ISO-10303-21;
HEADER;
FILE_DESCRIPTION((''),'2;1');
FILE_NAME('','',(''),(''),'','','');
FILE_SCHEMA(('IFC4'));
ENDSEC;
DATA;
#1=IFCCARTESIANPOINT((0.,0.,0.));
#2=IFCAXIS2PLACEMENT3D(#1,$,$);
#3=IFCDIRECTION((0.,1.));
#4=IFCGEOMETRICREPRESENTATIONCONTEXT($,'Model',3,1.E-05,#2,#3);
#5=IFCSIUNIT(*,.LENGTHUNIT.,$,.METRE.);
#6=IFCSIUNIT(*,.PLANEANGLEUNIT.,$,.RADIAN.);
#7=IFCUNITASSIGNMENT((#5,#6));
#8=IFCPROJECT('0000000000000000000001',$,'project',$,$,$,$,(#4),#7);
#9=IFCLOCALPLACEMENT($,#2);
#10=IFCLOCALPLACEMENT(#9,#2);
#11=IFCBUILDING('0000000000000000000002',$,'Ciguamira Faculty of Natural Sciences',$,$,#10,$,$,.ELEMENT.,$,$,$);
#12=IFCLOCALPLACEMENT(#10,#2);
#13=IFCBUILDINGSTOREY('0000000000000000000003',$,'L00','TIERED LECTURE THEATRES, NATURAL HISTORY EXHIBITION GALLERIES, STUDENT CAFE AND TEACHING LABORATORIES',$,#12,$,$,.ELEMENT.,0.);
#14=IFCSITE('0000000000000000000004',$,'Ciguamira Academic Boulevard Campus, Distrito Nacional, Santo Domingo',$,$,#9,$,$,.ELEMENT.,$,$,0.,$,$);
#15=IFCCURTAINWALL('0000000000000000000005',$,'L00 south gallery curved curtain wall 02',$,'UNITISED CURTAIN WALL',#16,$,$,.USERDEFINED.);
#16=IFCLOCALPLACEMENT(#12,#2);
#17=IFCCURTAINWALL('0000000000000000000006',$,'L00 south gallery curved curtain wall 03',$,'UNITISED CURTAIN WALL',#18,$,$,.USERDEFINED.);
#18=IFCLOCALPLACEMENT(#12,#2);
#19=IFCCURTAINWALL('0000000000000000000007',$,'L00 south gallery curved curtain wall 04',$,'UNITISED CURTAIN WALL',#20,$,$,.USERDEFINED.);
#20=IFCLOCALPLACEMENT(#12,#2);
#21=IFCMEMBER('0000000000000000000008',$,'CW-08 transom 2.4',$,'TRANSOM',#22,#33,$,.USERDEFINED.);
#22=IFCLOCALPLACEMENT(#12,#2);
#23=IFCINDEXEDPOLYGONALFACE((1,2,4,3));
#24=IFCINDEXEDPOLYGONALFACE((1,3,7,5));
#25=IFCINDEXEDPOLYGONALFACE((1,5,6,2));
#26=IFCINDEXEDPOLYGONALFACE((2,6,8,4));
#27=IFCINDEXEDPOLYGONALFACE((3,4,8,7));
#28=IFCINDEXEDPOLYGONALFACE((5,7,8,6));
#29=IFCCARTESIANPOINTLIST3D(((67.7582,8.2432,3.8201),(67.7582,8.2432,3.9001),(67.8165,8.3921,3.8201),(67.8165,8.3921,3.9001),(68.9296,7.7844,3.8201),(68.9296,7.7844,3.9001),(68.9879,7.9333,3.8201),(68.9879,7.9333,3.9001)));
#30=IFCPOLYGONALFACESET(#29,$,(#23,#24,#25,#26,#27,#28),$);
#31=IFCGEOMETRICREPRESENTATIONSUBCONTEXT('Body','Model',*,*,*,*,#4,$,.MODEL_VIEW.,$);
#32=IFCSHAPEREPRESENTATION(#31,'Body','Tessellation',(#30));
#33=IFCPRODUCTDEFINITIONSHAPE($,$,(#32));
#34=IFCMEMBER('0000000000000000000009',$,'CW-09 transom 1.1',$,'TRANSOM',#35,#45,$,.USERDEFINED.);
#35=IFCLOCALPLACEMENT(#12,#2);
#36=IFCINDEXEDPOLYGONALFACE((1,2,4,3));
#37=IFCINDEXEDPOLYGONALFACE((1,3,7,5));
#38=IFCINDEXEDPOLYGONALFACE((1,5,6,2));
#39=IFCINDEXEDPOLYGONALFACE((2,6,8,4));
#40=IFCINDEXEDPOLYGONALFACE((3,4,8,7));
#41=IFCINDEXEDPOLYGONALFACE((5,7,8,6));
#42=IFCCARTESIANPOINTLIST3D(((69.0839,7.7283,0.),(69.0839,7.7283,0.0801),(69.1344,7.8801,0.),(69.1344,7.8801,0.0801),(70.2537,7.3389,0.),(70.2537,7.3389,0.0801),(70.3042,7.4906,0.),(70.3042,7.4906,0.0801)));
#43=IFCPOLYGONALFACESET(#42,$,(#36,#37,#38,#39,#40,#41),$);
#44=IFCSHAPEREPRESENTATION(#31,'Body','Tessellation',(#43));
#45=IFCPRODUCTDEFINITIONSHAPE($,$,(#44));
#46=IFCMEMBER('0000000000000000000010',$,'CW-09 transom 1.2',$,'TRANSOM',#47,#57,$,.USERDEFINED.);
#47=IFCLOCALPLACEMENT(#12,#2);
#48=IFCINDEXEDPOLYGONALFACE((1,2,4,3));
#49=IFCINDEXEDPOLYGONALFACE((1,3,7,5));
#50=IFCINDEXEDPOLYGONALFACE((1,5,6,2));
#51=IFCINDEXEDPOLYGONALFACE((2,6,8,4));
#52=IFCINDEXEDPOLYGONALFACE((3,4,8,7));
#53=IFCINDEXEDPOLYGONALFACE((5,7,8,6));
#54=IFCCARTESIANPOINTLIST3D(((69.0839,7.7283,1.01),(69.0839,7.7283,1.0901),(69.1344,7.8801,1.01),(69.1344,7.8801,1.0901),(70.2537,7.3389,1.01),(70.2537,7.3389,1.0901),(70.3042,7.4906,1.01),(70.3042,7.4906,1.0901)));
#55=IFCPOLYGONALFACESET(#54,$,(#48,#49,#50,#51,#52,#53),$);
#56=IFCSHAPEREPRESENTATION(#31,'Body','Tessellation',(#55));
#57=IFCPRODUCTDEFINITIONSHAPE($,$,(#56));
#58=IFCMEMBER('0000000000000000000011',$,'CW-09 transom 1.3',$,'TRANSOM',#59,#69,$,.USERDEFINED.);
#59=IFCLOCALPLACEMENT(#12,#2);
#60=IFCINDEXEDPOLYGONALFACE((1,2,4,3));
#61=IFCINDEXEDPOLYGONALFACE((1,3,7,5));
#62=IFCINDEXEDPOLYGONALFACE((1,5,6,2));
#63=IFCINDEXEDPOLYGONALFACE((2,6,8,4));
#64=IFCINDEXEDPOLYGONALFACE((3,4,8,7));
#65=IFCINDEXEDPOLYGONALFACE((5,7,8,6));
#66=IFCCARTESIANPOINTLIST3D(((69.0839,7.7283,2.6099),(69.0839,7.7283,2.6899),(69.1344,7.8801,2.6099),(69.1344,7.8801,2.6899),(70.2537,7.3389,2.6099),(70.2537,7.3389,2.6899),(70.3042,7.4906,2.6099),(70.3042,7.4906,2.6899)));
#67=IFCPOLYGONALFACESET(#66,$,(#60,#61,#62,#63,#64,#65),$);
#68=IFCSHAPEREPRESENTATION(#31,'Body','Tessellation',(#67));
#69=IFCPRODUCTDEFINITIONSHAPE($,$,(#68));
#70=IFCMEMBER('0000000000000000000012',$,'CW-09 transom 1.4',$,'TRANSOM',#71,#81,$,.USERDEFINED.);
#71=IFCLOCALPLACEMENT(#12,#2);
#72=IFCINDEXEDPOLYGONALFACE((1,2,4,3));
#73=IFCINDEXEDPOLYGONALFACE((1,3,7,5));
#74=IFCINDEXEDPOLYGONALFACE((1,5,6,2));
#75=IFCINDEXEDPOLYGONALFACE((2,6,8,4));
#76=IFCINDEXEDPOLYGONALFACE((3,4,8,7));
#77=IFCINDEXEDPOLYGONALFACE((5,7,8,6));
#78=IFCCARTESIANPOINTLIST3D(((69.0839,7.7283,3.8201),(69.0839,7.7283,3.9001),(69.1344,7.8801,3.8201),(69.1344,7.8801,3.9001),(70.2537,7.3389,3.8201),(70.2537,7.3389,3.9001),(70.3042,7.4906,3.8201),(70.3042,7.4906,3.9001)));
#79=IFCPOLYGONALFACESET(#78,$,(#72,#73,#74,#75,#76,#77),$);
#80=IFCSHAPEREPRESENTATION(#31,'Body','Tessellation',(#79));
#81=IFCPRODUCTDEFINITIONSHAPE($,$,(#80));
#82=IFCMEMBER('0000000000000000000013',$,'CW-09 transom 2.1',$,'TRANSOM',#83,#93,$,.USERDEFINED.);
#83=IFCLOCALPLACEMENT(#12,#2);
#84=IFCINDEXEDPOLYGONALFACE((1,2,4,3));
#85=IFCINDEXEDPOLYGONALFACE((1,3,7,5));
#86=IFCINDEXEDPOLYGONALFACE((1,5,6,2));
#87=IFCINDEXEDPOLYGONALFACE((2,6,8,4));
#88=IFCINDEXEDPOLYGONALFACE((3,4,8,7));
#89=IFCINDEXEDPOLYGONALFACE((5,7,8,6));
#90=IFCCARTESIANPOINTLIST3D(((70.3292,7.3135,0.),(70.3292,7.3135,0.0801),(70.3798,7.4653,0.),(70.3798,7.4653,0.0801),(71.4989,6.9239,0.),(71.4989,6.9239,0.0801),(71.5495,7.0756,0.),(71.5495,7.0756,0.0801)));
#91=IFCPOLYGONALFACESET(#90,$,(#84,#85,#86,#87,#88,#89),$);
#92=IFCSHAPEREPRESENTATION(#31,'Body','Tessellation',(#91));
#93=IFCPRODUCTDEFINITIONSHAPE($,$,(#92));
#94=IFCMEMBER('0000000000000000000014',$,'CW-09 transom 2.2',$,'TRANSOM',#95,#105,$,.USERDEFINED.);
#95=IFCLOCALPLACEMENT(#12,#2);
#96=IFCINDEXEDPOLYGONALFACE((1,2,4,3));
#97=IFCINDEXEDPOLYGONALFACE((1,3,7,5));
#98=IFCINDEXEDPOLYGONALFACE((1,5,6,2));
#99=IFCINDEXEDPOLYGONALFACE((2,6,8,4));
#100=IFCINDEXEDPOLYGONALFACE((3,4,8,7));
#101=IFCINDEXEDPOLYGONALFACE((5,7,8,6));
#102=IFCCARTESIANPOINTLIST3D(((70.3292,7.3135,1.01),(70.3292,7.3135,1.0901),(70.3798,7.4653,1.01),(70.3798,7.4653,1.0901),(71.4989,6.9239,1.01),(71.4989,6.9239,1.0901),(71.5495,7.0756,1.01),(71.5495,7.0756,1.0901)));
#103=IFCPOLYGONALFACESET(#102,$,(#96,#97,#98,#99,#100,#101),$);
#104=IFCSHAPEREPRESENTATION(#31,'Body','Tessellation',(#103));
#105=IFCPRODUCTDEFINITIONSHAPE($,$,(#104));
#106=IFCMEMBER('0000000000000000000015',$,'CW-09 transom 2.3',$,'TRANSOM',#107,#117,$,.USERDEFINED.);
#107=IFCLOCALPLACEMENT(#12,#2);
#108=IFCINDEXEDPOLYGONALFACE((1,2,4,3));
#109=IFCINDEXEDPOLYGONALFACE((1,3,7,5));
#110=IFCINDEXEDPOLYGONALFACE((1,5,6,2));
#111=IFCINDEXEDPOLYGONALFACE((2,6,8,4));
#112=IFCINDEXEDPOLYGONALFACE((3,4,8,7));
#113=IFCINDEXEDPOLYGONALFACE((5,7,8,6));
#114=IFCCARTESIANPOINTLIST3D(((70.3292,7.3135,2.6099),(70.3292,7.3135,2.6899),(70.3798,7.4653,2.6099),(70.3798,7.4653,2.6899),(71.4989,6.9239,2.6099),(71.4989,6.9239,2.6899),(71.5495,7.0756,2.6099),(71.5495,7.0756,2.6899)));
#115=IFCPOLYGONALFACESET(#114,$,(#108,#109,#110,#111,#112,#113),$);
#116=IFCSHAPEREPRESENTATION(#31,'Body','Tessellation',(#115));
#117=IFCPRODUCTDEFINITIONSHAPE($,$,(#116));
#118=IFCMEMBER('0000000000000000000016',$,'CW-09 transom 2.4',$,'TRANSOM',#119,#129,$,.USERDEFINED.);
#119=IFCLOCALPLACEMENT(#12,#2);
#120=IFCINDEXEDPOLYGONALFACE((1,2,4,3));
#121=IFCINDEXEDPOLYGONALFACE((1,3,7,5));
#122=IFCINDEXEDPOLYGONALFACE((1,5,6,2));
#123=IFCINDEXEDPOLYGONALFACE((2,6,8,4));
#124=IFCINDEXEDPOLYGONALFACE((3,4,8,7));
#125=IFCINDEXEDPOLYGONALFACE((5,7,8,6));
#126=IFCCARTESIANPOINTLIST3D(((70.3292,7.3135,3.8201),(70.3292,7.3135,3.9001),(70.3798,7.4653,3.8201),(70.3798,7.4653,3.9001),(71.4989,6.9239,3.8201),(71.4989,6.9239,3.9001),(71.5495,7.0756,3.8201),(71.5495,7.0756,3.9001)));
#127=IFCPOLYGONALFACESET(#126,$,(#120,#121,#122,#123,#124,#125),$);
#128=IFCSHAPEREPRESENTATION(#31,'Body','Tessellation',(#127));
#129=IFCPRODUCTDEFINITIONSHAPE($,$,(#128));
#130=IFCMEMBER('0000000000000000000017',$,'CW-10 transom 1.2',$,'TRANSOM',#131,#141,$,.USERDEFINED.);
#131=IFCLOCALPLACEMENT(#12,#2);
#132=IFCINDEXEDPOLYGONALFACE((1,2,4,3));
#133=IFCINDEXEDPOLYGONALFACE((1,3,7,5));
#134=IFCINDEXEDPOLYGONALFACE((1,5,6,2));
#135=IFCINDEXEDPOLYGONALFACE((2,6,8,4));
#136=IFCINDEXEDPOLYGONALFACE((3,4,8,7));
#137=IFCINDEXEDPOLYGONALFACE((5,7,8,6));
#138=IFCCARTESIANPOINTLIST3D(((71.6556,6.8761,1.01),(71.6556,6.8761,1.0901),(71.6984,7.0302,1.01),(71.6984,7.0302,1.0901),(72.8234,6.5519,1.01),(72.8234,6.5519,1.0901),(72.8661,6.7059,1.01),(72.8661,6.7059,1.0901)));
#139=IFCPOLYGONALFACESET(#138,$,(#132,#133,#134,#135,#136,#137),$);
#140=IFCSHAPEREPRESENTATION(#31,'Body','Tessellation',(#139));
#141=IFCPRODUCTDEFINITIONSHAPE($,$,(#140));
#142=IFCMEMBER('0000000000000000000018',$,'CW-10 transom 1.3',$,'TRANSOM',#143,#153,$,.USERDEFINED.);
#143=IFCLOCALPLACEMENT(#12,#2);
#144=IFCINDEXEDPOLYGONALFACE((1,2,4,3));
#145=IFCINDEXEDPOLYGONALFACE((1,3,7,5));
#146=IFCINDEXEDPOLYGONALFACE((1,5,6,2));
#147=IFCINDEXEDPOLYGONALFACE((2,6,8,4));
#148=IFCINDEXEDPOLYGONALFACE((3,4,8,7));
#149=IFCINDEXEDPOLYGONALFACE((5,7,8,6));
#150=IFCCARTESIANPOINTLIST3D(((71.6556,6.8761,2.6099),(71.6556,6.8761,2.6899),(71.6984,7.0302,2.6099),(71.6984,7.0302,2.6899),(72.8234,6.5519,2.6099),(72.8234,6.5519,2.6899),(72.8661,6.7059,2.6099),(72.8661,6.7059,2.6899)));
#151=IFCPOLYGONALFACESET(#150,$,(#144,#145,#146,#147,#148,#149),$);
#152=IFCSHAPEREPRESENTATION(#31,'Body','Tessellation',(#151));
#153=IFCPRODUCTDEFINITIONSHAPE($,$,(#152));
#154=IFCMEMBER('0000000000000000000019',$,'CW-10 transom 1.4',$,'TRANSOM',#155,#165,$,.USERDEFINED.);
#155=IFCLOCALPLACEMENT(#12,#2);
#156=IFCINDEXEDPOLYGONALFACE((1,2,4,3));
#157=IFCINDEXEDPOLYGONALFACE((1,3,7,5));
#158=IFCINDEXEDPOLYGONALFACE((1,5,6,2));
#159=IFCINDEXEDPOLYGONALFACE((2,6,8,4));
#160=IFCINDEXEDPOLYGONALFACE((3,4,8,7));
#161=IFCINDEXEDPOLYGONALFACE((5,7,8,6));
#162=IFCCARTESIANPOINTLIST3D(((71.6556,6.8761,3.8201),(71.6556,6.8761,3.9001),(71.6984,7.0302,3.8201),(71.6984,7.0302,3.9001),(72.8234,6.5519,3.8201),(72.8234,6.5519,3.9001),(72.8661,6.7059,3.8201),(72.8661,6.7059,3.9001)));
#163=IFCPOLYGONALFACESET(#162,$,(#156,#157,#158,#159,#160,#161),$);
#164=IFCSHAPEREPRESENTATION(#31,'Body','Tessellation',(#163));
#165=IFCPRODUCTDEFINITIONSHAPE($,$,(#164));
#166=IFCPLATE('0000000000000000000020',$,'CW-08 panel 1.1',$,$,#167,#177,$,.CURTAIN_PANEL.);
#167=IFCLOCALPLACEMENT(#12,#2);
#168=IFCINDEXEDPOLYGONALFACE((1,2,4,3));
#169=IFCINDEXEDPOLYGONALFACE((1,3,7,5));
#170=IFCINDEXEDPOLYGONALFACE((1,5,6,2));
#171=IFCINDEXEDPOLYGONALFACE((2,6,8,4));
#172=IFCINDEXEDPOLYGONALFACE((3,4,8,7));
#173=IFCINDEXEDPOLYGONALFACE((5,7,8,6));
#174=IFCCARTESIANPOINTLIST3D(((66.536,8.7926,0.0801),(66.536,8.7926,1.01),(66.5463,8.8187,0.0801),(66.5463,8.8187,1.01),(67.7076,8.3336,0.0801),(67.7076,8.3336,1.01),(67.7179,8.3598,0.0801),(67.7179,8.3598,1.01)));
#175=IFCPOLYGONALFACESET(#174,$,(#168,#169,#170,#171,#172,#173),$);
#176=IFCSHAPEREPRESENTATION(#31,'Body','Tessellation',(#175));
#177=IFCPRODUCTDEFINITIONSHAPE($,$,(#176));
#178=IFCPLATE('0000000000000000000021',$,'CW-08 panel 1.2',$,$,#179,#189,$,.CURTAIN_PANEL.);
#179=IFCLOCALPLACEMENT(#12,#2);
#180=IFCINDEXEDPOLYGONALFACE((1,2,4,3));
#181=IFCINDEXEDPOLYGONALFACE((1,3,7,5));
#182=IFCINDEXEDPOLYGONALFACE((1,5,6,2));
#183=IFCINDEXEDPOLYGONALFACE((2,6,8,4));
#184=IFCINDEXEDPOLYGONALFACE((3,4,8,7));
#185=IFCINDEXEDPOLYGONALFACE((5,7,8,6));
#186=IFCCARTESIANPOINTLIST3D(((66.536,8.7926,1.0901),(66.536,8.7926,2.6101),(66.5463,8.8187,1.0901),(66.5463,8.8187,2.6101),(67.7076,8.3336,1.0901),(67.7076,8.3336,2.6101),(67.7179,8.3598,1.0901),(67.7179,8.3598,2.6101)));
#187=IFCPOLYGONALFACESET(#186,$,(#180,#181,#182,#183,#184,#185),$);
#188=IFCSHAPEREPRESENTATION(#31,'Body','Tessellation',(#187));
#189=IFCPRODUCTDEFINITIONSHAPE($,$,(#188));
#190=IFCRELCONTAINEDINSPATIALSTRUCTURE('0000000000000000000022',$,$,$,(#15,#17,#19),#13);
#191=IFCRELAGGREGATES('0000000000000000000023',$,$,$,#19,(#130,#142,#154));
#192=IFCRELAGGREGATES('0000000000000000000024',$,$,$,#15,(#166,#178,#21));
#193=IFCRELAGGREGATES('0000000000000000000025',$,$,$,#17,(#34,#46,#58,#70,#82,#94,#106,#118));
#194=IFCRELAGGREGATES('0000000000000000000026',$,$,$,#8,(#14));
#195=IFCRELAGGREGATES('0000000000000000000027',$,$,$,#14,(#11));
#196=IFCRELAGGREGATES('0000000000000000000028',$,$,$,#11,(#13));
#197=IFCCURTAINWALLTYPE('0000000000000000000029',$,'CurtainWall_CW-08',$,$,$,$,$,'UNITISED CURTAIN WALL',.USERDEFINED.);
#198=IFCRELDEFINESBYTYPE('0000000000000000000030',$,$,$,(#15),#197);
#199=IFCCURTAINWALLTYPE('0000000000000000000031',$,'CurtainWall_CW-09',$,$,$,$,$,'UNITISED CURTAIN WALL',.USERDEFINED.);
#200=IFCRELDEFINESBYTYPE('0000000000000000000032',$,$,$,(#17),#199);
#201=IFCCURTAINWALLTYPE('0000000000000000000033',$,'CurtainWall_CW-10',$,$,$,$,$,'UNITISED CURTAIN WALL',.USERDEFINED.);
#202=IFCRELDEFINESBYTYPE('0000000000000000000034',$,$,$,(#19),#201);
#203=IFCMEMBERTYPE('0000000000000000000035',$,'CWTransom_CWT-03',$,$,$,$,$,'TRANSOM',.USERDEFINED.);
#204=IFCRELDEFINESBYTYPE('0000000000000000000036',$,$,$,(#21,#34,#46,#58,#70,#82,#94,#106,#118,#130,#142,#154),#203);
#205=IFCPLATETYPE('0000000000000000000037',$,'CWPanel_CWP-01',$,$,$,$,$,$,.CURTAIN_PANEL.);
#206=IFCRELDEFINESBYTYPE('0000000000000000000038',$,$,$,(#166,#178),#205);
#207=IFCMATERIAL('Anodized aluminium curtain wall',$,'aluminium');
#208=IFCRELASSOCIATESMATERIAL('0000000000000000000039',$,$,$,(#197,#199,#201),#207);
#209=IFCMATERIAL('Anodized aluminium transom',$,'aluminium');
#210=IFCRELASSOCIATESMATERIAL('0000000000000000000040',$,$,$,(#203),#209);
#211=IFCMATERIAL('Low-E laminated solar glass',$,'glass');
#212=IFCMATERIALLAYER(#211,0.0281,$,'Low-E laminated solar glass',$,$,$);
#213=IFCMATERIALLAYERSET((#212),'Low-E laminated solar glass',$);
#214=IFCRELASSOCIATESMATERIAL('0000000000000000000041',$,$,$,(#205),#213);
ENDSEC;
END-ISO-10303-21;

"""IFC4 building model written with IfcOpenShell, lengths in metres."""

from ifc_helpers import new_model, si_unit, direction, frame, origin, origin_2d, place, context, subcontext, project, spatial, rectangle, extrude, material, layer, layer_set, material_profile, profile_set, type_object, element, aggregate, save


model = new_model("IFC4")

# Units and contexts
model_context = context("Model", 3, precision=1e-05, world=origin(), true_north=direction((0.0, 1.0)))
body_context = subcontext(model_context, "Body", "Model", "MODEL_VIEW")
ifc_project = project(units=[si_unit("LENGTHUNIT", "METRE"), si_unit("PLANEANGLEUNIT", "RADIAN")], contexts=[model_context])

# Site, building, storey
site_placement = place(None, origin())
site = spatial("IfcSite", under=ifc_project, at=site_placement, Name="Ciguamira Academic Boulevard Campus, Distrito Nacional, Santo Domingo", CompositionType="ELEMENT", RefElevation=0.0)
building_placement = place(site_placement, origin())
building = spatial("IfcBuilding", under=site, at=building_placement, Name="Ciguamira Faculty of Natural Sciences", CompositionType="ELEMENT")
storey_placement = place(building_placement, origin())
storey = spatial("IfcBuildingStorey", under=building, at=storey_placement, Name="L00", Description="TIERED LECTURE THEATRES, NATURAL HISTORY EXHIBITION GALLERIES, STUDENT CAFE AND TEACHING LABORATORIES", CompositionType="ELEMENT", Elevation=0.0)

# Shared definitions
ifc_material_1 = material(Name="Anodized aluminium curtain wall", Category="aluminium")

# Curtain walls
curtain_wall_type_1 = type_object("IfcCurtainWallType", Name="CurtainWall_CW-08", ElementType="UNITISED CURTAIN WALL", PredefinedType="USERDEFINED", material=ifc_material_1)
curtain_wall_1_placement = place(storey_placement, origin())
curtain_wall_1 = element("IfcCurtainWall", 1, at=curtain_wall_1_placement, inside=storey, type_object=curtain_wall_type_1, Name="L00 south gallery curved curtain wall 02", ObjectType="UNITISED CURTAIN WALL", PredefinedType="USERDEFINED")
curtain_wall_type_2 = type_object("IfcCurtainWallType", Name="CurtainWall_CW-09", ElementType="UNITISED CURTAIN WALL", PredefinedType="USERDEFINED", material=ifc_material_1)
curtain_wall_2_placement = place(storey_placement, origin())
curtain_wall_2 = element("IfcCurtainWall", 2, at=curtain_wall_2_placement, inside=storey, type_object=curtain_wall_type_2, Name="L00 south gallery curved curtain wall 03", ObjectType="UNITISED CURTAIN WALL", PredefinedType="USERDEFINED")

# Curtain wall
curtain_wall_type_3 = type_object("IfcCurtainWallType", Name="CurtainWall_CW-10", ElementType="UNITISED CURTAIN WALL", PredefinedType="USERDEFINED", material=ifc_material_1)
curtain_wall_3_placement = place(storey_placement, origin())
curtain_wall_3 = element("IfcCurtainWall", 3, at=curtain_wall_3_placement, inside=storey, type_object=curtain_wall_type_3, Name="L00 south gallery curved curtain wall 04", ObjectType="UNITISED CURTAIN WALL", PredefinedType="USERDEFINED")

# Members
ifc_material_2 = material(Name="Anodized aluminium transom", Category="aluminium")
ifc_material_profile_1 = material_profile(ifc_material_2, rectangle(XDim=0.0801, YDim=0.1599, at=origin_2d()), Name="ALU-TRN-80X160")
ifc_profile_set_1 = profile_set([ifc_material_profile_1], Name="Anodized aluminium transom")
member_type_1 = type_object("IfcMemberType", Name="CWTransom_CWT-03", ElementType="TRANSOM", PredefinedType="USERDEFINED", material=ifc_profile_set_1)
member_1_placement = place(storey_placement, frame((67.7874, 8.3176, 3.8601), z_axis=(0.931143, -0.364655, 0.0), x_axis=(0.0, 0.0, 1.0)))
member_1 = element("IfcMember", 4, at=member_1_placement, type_object=member_type_1, Name="CW-08 transom 2.4", ObjectType="TRANSOM", PredefinedType="USERDEFINED", context=body_context, shape_type="SweptSolid", body=[
    extrude(rectangle(XDim=0.0801, YDim=0.1599, at=origin_2d()), origin(), (0.0, 0.0, 1.0), 1.2581),
])
member_2_placement = place(storey_placement, frame((69.1091, 7.8042, 0.04), z_axis=(0.948802, -0.315871, 0.0), x_axis=(0.0, 0.0, 1.0)))
member_2 = element("IfcMember", 5, at=member_2_placement, type_object=member_type_1, Name="CW-09 transom 1.1", ObjectType="TRANSOM", PredefinedType="USERDEFINED", context=body_context, shape_type="SweptSolid", body=[
    extrude(rectangle(XDim=0.0801, YDim=0.1599, at=origin_2d()), origin(), (0.0, 0.0, 1.0), 1.2329),
])
member_3_placement = place(storey_placement, frame((69.1091, 7.8042, 1.05), z_axis=(0.948802, -0.315871, 0.0), x_axis=(0.0, 0.0, 1.0)))
member_3 = element("IfcMember", 6, at=member_3_placement, type_object=member_type_1, Name="CW-09 transom 1.2", ObjectType="TRANSOM", PredefinedType="USERDEFINED", context=body_context, shape_type="SweptSolid", body=[
    extrude(rectangle(XDim=0.0801, YDim=0.1599, at=origin_2d()), origin(), (0.0, 0.0, 1.0), 1.2329),
])
member_4_placement = place(storey_placement, frame((69.1091, 7.8042, 2.6499), z_axis=(0.948802, -0.315871, 0.0), x_axis=(0.0, 0.0, 1.0)))
member_4 = element("IfcMember", 7, at=member_4_placement, type_object=member_type_1, Name="CW-09 transom 1.3", ObjectType="TRANSOM", PredefinedType="USERDEFINED", context=body_context, shape_type="SweptSolid", body=[
    extrude(rectangle(XDim=0.0801, YDim=0.1599, at=origin_2d()), origin(), (0.0, 0.0, 1.0), 1.2329),
])
member_5_placement = place(storey_placement, frame((69.1091, 7.8042, 3.8601), z_axis=(0.948802, -0.315871, 0.0), x_axis=(0.0, 0.0, 1.0)))
member_5 = element("IfcMember", 8, at=member_5_placement, type_object=member_type_1, Name="CW-09 transom 1.4", ObjectType="TRANSOM", PredefinedType="USERDEFINED", context=body_context, shape_type="SweptSolid", body=[
    extrude(rectangle(XDim=0.0801, YDim=0.1599, at=origin_2d()), origin(), (0.0, 0.0, 1.0), 1.2329),
])
member_6_placement = place(storey_placement, frame((70.3545, 7.3894, 0.04), z_axis=(0.948743, -0.31605, 0.0), x_axis=(0.0, 0.0, 1.0)))
member_6 = element("IfcMember", 9, at=member_6_placement, type_object=member_type_1, Name="CW-09 transom 2.1", ObjectType="TRANSOM", PredefinedType="USERDEFINED", context=body_context, shape_type="SweptSolid", body=[
    extrude(rectangle(XDim=0.0801, YDim=0.1599, at=origin_2d()), origin(), (0.0, 0.0, 1.0), 1.2329),
])
member_7_placement = place(storey_placement, frame((70.3545, 7.3894, 1.05), z_axis=(0.948743, -0.31605, 0.0), x_axis=(0.0, 0.0, 1.0)))
member_7 = element("IfcMember", 10, at=member_7_placement, type_object=member_type_1, Name="CW-09 transom 2.2", ObjectType="TRANSOM", PredefinedType="USERDEFINED", context=body_context, shape_type="SweptSolid", body=[
    extrude(rectangle(XDim=0.0801, YDim=0.1599, at=origin_2d()), origin(), (0.0, 0.0, 1.0), 1.2329),
])
member_8_placement = place(storey_placement, frame((70.3545, 7.3894, 2.6499), z_axis=(0.948743, -0.31605, 0.0), x_axis=(0.0, 0.0, 1.0)))
member_8 = element("IfcMember", 11, at=member_8_placement, type_object=member_type_1, Name="CW-09 transom 2.3", ObjectType="TRANSOM", PredefinedType="USERDEFINED", context=body_context, shape_type="SweptSolid", body=[
    extrude(rectangle(XDim=0.0801, YDim=0.1599, at=origin_2d()), origin(), (0.0, 0.0, 1.0), 1.2329),
])
member_9_placement = place(storey_placement, frame((70.3545, 7.3894, 3.8601), z_axis=(0.948743, -0.31605, 0.0), x_axis=(0.0, 0.0, 1.0)))
member_9 = element("IfcMember", 12, at=member_9_placement, type_object=member_type_1, Name="CW-09 transom 2.4", ObjectType="TRANSOM", PredefinedType="USERDEFINED", context=body_context, shape_type="SweptSolid", body=[
    extrude(rectangle(XDim=0.0801, YDim=0.1599, at=origin_2d()), origin(), (0.0, 0.0, 1.0), 1.2329),
])
member_10_placement = place(storey_placement, frame((71.677, 6.9531, 1.05), z_axis=(0.96355, -0.26753, 0.0), x_axis=(0.0, 0.0, 1.0)))
member_10 = element("IfcMember", 13, at=member_10_placement, type_object=member_type_1, Name="CW-10 transom 1.2", ObjectType="TRANSOM", PredefinedType="USERDEFINED", context=body_context, shape_type="SweptSolid", body=[
    extrude(rectangle(XDim=0.0801, YDim=0.1599, at=origin_2d()), origin(), (0.0, 0.0, 1.0), 1.2119),
])
member_11_placement = place(storey_placement, frame((71.677, 6.9531, 2.6499), z_axis=(0.96355, -0.26753, 0.0), x_axis=(0.0, 0.0, 1.0)))
member_11 = element("IfcMember", 14, at=member_11_placement, type_object=member_type_1, Name="CW-10 transom 1.3", ObjectType="TRANSOM", PredefinedType="USERDEFINED", context=body_context, shape_type="SweptSolid", body=[
    extrude(rectangle(XDim=0.0801, YDim=0.1599, at=origin_2d()), origin(), (0.0, 0.0, 1.0), 1.2119),
])
member_12_placement = place(storey_placement, frame((71.677, 6.9531, 3.8601), z_axis=(0.96355, -0.26753, 0.0), x_axis=(0.0, 0.0, 1.0)))
member_12 = element("IfcMember", 15, at=member_12_placement, type_object=member_type_1, Name="CW-10 transom 1.4", ObjectType="TRANSOM", PredefinedType="USERDEFINED", context=body_context, shape_type="SweptSolid", body=[
    extrude(rectangle(XDim=0.0801, YDim=0.1599, at=origin_2d()), origin(), (0.0, 0.0, 1.0), 1.2119),
])
aggregate(curtain_wall_3, [member_10, member_11, member_12])

# Plates
ifc_material_3 = material(Name="Low-E laminated solar glass", Category="glass")
ifc_layer = layer(ifc_material_3, 0.0281, Name="Low-E laminated solar glass")
ifc_layer_set = layer_set([ifc_layer], Name="Low-E laminated solar glass")
plate_type = type_object("IfcPlateType", Name="CWPanel_CWP-01", PredefinedType="CURTAIN_PANEL", material=ifc_layer_set)
plate_1_placement = place(storey_placement, frame((67.127, 8.5762, 0.0801), z_axis=(0.0, 0.0, 1.0), x_axis=(0.931122, -0.364707, 0.0)))
plate_1 = element("IfcPlate", 16, at=plate_1_placement, type_object=plate_type, Name="CW-08 panel 1.1", PredefinedType="CURTAIN_PANEL", context=body_context, shape_type="SweptSolid", body=[
    extrude(rectangle(XDim=1.2583, YDim=0.0281, at=origin_2d()), origin(), (0.0, 0.0, 1.0), 0.9299),
])
plate_2_placement = place(storey_placement, frame((67.127, 8.5762, 1.0901), z_axis=(0.0, 0.0, 1.0), x_axis=(0.931122, -0.364707, 0.0)))
plate_2 = element("IfcPlate", 17, at=plate_2_placement, type_object=plate_type, Name="CW-08 panel 1.2", PredefinedType="CURTAIN_PANEL", context=body_context, shape_type="SweptSolid", body=[
    extrude(rectangle(XDim=1.2583, YDim=0.0281, at=origin_2d()), origin(), (0.0, 0.0, 1.0), 1.52),
])
aggregate(curtain_wall_1, [plate_1, plate_2, member_1])
aggregate(curtain_wall_2, [member_2, member_3, member_4, member_5, member_6, member_7, member_8, member_9])

save(model, "model.ifc")
